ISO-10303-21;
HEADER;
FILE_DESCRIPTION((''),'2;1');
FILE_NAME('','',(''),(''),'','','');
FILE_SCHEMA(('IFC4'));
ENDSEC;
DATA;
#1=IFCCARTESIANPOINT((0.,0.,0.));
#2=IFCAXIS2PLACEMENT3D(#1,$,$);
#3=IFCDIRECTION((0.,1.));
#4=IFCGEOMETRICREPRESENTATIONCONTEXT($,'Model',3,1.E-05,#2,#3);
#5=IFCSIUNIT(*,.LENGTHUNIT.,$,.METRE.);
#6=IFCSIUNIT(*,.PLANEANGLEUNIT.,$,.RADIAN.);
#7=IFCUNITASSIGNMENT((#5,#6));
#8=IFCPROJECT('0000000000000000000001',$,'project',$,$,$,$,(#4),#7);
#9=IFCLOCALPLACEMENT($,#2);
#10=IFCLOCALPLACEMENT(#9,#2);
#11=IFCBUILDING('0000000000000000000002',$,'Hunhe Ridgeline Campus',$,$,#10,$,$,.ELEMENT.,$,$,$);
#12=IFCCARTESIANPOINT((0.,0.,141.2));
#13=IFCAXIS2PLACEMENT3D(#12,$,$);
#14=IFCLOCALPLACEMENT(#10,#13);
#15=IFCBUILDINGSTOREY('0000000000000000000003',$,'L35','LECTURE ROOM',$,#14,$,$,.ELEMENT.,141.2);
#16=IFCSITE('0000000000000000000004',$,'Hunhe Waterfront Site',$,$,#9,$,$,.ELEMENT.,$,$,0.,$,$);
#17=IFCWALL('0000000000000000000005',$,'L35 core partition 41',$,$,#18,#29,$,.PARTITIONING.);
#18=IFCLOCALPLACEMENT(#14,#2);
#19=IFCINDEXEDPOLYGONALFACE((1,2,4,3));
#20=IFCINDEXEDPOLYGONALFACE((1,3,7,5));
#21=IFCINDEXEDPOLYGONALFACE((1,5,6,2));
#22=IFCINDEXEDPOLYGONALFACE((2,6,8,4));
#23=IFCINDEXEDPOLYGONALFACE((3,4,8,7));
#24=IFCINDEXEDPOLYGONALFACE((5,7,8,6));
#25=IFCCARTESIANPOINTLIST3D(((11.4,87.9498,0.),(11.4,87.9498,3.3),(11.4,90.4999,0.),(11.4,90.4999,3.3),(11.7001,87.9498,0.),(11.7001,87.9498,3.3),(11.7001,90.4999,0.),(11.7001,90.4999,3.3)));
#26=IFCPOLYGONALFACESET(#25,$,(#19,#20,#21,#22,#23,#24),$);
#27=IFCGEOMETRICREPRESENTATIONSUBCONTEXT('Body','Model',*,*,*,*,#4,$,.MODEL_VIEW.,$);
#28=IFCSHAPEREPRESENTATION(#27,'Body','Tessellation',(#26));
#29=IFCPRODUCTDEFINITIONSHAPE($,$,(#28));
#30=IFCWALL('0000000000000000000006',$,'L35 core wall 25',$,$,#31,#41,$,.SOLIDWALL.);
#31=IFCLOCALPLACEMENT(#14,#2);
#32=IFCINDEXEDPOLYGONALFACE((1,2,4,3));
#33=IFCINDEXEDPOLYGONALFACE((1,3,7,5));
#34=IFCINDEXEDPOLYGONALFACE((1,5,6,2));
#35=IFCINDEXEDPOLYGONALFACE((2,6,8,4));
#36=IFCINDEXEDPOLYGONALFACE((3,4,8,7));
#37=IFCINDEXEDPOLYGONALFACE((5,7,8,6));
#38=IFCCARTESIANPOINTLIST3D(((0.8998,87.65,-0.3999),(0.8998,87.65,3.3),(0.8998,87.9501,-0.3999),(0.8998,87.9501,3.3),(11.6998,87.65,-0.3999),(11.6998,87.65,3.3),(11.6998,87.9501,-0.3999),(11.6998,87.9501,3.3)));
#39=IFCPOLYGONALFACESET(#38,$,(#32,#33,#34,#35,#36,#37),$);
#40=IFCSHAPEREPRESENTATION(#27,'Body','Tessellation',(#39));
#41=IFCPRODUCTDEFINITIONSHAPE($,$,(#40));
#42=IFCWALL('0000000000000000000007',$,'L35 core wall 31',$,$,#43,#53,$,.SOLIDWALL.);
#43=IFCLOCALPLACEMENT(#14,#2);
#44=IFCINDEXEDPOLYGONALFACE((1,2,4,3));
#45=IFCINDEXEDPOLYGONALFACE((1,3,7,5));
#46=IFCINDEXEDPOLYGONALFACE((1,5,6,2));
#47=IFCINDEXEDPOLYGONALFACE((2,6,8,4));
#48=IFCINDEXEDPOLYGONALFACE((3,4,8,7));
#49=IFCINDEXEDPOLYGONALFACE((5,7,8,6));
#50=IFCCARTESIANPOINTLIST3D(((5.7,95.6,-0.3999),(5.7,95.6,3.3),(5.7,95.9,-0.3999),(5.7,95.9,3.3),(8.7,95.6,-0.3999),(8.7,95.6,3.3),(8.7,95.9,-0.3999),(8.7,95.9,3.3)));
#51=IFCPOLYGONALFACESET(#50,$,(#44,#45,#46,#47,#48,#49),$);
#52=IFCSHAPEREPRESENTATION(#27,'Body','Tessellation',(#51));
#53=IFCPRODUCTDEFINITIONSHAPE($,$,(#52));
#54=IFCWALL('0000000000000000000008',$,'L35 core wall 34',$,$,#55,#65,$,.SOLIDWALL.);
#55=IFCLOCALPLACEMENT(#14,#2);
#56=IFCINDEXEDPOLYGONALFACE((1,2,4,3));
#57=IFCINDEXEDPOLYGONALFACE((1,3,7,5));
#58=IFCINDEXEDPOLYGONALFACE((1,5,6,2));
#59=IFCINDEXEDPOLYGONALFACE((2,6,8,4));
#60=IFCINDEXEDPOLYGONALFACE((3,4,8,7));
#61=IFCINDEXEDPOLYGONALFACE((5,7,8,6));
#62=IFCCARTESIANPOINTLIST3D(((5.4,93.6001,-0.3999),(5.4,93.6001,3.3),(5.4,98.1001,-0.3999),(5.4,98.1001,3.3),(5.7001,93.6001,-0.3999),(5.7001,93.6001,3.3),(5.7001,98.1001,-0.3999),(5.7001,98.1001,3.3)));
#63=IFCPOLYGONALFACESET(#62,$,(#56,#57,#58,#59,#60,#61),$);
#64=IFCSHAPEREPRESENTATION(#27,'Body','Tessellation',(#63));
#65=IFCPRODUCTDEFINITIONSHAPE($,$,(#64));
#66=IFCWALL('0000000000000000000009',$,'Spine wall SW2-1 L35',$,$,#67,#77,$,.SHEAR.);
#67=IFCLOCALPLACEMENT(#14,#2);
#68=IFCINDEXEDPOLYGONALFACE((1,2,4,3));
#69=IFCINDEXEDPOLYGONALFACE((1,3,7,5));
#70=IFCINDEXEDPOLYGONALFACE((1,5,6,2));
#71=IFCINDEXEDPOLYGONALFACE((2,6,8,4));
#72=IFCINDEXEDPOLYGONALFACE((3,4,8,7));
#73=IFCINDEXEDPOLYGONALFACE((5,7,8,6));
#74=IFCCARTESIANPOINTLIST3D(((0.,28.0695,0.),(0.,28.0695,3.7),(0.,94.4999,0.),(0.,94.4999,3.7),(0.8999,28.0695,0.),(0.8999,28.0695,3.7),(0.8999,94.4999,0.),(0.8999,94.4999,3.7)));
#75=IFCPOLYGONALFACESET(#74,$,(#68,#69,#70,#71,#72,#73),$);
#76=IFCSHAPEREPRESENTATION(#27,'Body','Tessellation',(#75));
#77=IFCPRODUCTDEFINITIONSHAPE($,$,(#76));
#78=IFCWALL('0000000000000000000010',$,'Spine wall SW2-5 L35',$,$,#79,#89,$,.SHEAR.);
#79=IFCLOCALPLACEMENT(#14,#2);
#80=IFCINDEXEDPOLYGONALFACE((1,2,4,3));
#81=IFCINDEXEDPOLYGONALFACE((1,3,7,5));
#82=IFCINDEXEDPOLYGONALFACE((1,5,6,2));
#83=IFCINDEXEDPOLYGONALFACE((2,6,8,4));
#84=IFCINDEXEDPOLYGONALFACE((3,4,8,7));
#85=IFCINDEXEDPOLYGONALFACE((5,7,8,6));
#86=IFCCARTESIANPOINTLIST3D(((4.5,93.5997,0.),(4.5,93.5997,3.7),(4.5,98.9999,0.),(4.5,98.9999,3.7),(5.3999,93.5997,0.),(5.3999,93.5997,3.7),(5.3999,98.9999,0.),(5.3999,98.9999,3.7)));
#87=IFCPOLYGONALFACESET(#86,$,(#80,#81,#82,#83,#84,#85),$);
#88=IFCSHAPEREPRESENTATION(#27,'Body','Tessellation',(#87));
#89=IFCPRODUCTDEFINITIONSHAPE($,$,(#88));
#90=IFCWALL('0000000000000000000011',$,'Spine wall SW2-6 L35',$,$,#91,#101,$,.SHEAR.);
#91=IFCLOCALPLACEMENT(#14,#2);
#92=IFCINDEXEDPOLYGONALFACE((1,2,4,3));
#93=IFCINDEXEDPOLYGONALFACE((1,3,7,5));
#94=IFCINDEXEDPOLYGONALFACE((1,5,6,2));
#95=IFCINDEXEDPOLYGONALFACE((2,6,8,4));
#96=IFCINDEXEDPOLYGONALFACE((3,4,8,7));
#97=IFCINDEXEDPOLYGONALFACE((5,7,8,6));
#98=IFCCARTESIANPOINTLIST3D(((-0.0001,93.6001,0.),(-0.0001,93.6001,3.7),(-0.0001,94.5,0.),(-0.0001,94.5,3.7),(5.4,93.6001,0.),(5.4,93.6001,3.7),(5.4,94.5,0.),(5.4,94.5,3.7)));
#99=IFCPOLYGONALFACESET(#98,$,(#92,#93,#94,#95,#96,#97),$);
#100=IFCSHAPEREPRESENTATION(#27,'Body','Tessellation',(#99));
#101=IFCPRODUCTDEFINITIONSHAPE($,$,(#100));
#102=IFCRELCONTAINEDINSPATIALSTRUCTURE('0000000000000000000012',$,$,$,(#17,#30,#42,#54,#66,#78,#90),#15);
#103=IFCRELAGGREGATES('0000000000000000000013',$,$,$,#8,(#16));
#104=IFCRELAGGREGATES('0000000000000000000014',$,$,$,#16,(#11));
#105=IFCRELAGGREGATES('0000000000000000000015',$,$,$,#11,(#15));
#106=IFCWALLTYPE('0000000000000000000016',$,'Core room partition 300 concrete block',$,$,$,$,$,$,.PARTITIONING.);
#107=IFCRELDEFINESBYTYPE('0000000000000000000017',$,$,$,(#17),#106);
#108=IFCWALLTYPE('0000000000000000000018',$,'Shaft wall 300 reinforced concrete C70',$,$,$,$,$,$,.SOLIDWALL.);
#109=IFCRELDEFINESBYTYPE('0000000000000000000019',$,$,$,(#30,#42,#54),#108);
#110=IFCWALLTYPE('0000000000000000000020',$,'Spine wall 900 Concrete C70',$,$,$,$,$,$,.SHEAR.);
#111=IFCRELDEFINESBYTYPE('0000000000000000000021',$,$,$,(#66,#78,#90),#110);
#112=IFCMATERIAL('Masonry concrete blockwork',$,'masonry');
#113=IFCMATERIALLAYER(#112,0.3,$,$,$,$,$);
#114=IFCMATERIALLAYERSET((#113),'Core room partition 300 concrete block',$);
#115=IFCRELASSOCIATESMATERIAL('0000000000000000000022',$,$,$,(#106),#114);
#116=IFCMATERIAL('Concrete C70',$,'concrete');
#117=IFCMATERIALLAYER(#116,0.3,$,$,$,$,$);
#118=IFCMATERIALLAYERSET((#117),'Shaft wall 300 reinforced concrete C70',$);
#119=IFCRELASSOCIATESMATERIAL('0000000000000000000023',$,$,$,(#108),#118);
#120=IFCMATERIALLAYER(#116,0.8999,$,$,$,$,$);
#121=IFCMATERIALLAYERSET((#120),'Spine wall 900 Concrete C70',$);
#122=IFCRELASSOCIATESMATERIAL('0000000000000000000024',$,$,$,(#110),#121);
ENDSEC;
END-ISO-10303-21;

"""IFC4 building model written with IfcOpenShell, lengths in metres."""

from ifc_helpers import new_model, si_unit, direction, frame, frame_2d, origin, place, context, subcontext, project, spatial, rectangle, extrude, material, layer, layer_set, type_object, element, save


model = new_model("IFC4")

# Units and contexts
model_context = context("Model", 3, precision=1e-05, world=origin(), true_north=direction((0.0, 1.0)))
body_context = subcontext(model_context, "Body", "Model", "MODEL_VIEW")
ifc_project = project(units=[si_unit("LENGTHUNIT", "METRE"), si_unit("PLANEANGLEUNIT", "RADIAN")], contexts=[model_context])

# Site, building, storey
site_placement = place(None, origin())
site = spatial("IfcSite", under=ifc_project, at=site_placement, Name="Hunhe Waterfront Site", CompositionType="ELEMENT", RefElevation=0.0)
building_placement = place(site_placement, origin())
building = spatial("IfcBuilding", under=site, at=building_placement, Name="Hunhe Ridgeline Campus", CompositionType="ELEMENT")
storey_placement = place(building_placement, frame((0.0, 0.0, 141.2)))
storey = spatial("IfcBuildingStorey", under=building, at=storey_placement, Name="L35", Description="LECTURE ROOM", CompositionType="ELEMENT", Elevation=141.2)

# Wall
ifc_material_1 = material(Name="Masonry concrete blockwork", Category="masonry")
ifc_layer_1 = layer(ifc_material_1, 0.3)
ifc_layer_set_1 = layer_set([ifc_layer_1], Name="Core room partition 300 concrete block")
wall_type_1 = type_object("IfcWallType", Name="Core room partition 300 concrete block", PredefinedType="PARTITIONING", material=ifc_layer_set_1)
wall_1_placement = place(storey_placement, frame((11.55, 87.95, 0.0), z_axis=(0.0, 0.0, 1.0), x_axis=(0.0, 1.0, 0.0)))
element("IfcWall", 1, at=wall_1_placement, inside=storey, type_object=wall_type_1, Name="L35 core partition 41", PredefinedType="PARTITIONING", context=body_context, shape_type="SweptSolid", body=[
    extrude(rectangle(XDim=2.55, YDim=0.3, at=frame_2d((1.2749, 0.0))), origin(), (0.0, 0.0, 1.0), 3.3),
])

# Shared definitions
ifc_material_2 = material(Name="Concrete C70", Category="concrete")

# Wall
ifc_layer_2 = layer(ifc_material_2, 0.3)
ifc_layer_set_2 = layer_set([ifc_layer_2], Name="Shaft wall 300 reinforced concrete C70")
wall_type_2 = type_object("IfcWallType", Name="Shaft wall 300 reinforced concrete C70", PredefinedType="SOLIDWALL", material=ifc_layer_set_2)
wall_2_placement = place(storey_placement, frame((0.8999, 87.8, -0.3999), z_axis=(0.0, 0.0, 1.0), x_axis=(1.0, 0.0, 0.0)))
element("IfcWall", 2, at=wall_2_placement, inside=storey, type_object=wall_type_2, Name="L35 core wall 25", PredefinedType="SOLIDWALL", context=body_context, shape_type="SweptSolid", body=[
    extrude(rectangle(XDim=10.8, YDim=0.3, at=frame_2d((5.3999, 0.0))), origin(), (0.0, 0.0, 1.0), 3.7),
])

# Walls
wall_3_placement = place(storey_placement, frame((5.7, 95.75, -0.3999), z_axis=(0.0, 0.0, 1.0), x_axis=(1.0, 0.0, 0.0)))
element("IfcWall", 3, at=wall_3_placement, inside=storey, type_object=wall_type_2, Name="L35 core wall 31", PredefinedType="SOLIDWALL", context=body_context, shape_type="SweptSolid", body=[
    extrude(rectangle(XDim=3.0, YDim=0.3, at=frame_2d((1.5, 0.0))), origin(), (0.0, 0.0, 1.0), 3.7),
])
wall_4_placement = place(storey_placement, frame((5.55, 93.6001, -0.3999), z_axis=(0.0, 0.0, 1.0), x_axis=(0.0, 1.0, 0.0)))
element("IfcWall", 4, at=wall_4_placement, inside=storey, type_object=wall_type_2, Name="L35 core wall 34", PredefinedType="SOLIDWALL", context=body_context, shape_type="SweptSolid", body=[
    extrude(rectangle(XDim=4.5, YDim=0.3, at=frame_2d((2.25, 0.0))), origin(), (0.0, 0.0, 1.0), 3.7),
])

# Walls
ifc_layer_3 = layer(ifc_material_2, 0.8999)
ifc_layer_set_3 = layer_set([ifc_layer_3], Name="Spine wall 900 Concrete C70")
wall_type_3 = type_object("IfcWallType", Name="Spine wall 900 Concrete C70", PredefinedType="SHEAR", material=ifc_layer_set_3)
wall_5_placement = place(storey_placement, frame((0.45, 94.5, 0.0), z_axis=(0.0, 0.0, 1.0), x_axis=(0.0, -1.0, 0.0)))
element("IfcWall", 5, at=wall_5_placement, inside=storey, type_object=wall_type_3, Name="Spine wall SW2-1 L35", PredefinedType="SHEAR", context=body_context, shape_type="SweptSolid", body=[
    extrude(rectangle(XDim=66.4304, YDim=0.8999, at=frame_2d((33.2153, 0.0))), origin(), (0.0, 0.0, 1.0), 3.7),
])
for number, where, z_axis, x_axis, name in (
    (6, (4.95, 99.0, 0.0), (0.0, 0.0, 1.0), (0.0, -1.0, 0.0), "Spine wall SW2-5 L35"),
    (7, (5.4001, 94.05, 0.0), (0.0, 0.0, 1.0), (-1.0, 0.0, 0.0), "Spine wall SW2-6 L35"),
):
    element("IfcWall", number, at=place(storey_placement, frame(where, z_axis=z_axis, x_axis=x_axis)), inside=storey, type_object=wall_type_3, Name=name, PredefinedType="SHEAR", context=body_context, shape_type="SweptSolid", body=[
        extrude(rectangle(XDim=5.4001, YDim=0.8999, at=frame_2d((2.7002, 0.0))), origin(), (0.0, 0.0, 1.0), 3.7),
    ])

save(model, "model.ifc")
